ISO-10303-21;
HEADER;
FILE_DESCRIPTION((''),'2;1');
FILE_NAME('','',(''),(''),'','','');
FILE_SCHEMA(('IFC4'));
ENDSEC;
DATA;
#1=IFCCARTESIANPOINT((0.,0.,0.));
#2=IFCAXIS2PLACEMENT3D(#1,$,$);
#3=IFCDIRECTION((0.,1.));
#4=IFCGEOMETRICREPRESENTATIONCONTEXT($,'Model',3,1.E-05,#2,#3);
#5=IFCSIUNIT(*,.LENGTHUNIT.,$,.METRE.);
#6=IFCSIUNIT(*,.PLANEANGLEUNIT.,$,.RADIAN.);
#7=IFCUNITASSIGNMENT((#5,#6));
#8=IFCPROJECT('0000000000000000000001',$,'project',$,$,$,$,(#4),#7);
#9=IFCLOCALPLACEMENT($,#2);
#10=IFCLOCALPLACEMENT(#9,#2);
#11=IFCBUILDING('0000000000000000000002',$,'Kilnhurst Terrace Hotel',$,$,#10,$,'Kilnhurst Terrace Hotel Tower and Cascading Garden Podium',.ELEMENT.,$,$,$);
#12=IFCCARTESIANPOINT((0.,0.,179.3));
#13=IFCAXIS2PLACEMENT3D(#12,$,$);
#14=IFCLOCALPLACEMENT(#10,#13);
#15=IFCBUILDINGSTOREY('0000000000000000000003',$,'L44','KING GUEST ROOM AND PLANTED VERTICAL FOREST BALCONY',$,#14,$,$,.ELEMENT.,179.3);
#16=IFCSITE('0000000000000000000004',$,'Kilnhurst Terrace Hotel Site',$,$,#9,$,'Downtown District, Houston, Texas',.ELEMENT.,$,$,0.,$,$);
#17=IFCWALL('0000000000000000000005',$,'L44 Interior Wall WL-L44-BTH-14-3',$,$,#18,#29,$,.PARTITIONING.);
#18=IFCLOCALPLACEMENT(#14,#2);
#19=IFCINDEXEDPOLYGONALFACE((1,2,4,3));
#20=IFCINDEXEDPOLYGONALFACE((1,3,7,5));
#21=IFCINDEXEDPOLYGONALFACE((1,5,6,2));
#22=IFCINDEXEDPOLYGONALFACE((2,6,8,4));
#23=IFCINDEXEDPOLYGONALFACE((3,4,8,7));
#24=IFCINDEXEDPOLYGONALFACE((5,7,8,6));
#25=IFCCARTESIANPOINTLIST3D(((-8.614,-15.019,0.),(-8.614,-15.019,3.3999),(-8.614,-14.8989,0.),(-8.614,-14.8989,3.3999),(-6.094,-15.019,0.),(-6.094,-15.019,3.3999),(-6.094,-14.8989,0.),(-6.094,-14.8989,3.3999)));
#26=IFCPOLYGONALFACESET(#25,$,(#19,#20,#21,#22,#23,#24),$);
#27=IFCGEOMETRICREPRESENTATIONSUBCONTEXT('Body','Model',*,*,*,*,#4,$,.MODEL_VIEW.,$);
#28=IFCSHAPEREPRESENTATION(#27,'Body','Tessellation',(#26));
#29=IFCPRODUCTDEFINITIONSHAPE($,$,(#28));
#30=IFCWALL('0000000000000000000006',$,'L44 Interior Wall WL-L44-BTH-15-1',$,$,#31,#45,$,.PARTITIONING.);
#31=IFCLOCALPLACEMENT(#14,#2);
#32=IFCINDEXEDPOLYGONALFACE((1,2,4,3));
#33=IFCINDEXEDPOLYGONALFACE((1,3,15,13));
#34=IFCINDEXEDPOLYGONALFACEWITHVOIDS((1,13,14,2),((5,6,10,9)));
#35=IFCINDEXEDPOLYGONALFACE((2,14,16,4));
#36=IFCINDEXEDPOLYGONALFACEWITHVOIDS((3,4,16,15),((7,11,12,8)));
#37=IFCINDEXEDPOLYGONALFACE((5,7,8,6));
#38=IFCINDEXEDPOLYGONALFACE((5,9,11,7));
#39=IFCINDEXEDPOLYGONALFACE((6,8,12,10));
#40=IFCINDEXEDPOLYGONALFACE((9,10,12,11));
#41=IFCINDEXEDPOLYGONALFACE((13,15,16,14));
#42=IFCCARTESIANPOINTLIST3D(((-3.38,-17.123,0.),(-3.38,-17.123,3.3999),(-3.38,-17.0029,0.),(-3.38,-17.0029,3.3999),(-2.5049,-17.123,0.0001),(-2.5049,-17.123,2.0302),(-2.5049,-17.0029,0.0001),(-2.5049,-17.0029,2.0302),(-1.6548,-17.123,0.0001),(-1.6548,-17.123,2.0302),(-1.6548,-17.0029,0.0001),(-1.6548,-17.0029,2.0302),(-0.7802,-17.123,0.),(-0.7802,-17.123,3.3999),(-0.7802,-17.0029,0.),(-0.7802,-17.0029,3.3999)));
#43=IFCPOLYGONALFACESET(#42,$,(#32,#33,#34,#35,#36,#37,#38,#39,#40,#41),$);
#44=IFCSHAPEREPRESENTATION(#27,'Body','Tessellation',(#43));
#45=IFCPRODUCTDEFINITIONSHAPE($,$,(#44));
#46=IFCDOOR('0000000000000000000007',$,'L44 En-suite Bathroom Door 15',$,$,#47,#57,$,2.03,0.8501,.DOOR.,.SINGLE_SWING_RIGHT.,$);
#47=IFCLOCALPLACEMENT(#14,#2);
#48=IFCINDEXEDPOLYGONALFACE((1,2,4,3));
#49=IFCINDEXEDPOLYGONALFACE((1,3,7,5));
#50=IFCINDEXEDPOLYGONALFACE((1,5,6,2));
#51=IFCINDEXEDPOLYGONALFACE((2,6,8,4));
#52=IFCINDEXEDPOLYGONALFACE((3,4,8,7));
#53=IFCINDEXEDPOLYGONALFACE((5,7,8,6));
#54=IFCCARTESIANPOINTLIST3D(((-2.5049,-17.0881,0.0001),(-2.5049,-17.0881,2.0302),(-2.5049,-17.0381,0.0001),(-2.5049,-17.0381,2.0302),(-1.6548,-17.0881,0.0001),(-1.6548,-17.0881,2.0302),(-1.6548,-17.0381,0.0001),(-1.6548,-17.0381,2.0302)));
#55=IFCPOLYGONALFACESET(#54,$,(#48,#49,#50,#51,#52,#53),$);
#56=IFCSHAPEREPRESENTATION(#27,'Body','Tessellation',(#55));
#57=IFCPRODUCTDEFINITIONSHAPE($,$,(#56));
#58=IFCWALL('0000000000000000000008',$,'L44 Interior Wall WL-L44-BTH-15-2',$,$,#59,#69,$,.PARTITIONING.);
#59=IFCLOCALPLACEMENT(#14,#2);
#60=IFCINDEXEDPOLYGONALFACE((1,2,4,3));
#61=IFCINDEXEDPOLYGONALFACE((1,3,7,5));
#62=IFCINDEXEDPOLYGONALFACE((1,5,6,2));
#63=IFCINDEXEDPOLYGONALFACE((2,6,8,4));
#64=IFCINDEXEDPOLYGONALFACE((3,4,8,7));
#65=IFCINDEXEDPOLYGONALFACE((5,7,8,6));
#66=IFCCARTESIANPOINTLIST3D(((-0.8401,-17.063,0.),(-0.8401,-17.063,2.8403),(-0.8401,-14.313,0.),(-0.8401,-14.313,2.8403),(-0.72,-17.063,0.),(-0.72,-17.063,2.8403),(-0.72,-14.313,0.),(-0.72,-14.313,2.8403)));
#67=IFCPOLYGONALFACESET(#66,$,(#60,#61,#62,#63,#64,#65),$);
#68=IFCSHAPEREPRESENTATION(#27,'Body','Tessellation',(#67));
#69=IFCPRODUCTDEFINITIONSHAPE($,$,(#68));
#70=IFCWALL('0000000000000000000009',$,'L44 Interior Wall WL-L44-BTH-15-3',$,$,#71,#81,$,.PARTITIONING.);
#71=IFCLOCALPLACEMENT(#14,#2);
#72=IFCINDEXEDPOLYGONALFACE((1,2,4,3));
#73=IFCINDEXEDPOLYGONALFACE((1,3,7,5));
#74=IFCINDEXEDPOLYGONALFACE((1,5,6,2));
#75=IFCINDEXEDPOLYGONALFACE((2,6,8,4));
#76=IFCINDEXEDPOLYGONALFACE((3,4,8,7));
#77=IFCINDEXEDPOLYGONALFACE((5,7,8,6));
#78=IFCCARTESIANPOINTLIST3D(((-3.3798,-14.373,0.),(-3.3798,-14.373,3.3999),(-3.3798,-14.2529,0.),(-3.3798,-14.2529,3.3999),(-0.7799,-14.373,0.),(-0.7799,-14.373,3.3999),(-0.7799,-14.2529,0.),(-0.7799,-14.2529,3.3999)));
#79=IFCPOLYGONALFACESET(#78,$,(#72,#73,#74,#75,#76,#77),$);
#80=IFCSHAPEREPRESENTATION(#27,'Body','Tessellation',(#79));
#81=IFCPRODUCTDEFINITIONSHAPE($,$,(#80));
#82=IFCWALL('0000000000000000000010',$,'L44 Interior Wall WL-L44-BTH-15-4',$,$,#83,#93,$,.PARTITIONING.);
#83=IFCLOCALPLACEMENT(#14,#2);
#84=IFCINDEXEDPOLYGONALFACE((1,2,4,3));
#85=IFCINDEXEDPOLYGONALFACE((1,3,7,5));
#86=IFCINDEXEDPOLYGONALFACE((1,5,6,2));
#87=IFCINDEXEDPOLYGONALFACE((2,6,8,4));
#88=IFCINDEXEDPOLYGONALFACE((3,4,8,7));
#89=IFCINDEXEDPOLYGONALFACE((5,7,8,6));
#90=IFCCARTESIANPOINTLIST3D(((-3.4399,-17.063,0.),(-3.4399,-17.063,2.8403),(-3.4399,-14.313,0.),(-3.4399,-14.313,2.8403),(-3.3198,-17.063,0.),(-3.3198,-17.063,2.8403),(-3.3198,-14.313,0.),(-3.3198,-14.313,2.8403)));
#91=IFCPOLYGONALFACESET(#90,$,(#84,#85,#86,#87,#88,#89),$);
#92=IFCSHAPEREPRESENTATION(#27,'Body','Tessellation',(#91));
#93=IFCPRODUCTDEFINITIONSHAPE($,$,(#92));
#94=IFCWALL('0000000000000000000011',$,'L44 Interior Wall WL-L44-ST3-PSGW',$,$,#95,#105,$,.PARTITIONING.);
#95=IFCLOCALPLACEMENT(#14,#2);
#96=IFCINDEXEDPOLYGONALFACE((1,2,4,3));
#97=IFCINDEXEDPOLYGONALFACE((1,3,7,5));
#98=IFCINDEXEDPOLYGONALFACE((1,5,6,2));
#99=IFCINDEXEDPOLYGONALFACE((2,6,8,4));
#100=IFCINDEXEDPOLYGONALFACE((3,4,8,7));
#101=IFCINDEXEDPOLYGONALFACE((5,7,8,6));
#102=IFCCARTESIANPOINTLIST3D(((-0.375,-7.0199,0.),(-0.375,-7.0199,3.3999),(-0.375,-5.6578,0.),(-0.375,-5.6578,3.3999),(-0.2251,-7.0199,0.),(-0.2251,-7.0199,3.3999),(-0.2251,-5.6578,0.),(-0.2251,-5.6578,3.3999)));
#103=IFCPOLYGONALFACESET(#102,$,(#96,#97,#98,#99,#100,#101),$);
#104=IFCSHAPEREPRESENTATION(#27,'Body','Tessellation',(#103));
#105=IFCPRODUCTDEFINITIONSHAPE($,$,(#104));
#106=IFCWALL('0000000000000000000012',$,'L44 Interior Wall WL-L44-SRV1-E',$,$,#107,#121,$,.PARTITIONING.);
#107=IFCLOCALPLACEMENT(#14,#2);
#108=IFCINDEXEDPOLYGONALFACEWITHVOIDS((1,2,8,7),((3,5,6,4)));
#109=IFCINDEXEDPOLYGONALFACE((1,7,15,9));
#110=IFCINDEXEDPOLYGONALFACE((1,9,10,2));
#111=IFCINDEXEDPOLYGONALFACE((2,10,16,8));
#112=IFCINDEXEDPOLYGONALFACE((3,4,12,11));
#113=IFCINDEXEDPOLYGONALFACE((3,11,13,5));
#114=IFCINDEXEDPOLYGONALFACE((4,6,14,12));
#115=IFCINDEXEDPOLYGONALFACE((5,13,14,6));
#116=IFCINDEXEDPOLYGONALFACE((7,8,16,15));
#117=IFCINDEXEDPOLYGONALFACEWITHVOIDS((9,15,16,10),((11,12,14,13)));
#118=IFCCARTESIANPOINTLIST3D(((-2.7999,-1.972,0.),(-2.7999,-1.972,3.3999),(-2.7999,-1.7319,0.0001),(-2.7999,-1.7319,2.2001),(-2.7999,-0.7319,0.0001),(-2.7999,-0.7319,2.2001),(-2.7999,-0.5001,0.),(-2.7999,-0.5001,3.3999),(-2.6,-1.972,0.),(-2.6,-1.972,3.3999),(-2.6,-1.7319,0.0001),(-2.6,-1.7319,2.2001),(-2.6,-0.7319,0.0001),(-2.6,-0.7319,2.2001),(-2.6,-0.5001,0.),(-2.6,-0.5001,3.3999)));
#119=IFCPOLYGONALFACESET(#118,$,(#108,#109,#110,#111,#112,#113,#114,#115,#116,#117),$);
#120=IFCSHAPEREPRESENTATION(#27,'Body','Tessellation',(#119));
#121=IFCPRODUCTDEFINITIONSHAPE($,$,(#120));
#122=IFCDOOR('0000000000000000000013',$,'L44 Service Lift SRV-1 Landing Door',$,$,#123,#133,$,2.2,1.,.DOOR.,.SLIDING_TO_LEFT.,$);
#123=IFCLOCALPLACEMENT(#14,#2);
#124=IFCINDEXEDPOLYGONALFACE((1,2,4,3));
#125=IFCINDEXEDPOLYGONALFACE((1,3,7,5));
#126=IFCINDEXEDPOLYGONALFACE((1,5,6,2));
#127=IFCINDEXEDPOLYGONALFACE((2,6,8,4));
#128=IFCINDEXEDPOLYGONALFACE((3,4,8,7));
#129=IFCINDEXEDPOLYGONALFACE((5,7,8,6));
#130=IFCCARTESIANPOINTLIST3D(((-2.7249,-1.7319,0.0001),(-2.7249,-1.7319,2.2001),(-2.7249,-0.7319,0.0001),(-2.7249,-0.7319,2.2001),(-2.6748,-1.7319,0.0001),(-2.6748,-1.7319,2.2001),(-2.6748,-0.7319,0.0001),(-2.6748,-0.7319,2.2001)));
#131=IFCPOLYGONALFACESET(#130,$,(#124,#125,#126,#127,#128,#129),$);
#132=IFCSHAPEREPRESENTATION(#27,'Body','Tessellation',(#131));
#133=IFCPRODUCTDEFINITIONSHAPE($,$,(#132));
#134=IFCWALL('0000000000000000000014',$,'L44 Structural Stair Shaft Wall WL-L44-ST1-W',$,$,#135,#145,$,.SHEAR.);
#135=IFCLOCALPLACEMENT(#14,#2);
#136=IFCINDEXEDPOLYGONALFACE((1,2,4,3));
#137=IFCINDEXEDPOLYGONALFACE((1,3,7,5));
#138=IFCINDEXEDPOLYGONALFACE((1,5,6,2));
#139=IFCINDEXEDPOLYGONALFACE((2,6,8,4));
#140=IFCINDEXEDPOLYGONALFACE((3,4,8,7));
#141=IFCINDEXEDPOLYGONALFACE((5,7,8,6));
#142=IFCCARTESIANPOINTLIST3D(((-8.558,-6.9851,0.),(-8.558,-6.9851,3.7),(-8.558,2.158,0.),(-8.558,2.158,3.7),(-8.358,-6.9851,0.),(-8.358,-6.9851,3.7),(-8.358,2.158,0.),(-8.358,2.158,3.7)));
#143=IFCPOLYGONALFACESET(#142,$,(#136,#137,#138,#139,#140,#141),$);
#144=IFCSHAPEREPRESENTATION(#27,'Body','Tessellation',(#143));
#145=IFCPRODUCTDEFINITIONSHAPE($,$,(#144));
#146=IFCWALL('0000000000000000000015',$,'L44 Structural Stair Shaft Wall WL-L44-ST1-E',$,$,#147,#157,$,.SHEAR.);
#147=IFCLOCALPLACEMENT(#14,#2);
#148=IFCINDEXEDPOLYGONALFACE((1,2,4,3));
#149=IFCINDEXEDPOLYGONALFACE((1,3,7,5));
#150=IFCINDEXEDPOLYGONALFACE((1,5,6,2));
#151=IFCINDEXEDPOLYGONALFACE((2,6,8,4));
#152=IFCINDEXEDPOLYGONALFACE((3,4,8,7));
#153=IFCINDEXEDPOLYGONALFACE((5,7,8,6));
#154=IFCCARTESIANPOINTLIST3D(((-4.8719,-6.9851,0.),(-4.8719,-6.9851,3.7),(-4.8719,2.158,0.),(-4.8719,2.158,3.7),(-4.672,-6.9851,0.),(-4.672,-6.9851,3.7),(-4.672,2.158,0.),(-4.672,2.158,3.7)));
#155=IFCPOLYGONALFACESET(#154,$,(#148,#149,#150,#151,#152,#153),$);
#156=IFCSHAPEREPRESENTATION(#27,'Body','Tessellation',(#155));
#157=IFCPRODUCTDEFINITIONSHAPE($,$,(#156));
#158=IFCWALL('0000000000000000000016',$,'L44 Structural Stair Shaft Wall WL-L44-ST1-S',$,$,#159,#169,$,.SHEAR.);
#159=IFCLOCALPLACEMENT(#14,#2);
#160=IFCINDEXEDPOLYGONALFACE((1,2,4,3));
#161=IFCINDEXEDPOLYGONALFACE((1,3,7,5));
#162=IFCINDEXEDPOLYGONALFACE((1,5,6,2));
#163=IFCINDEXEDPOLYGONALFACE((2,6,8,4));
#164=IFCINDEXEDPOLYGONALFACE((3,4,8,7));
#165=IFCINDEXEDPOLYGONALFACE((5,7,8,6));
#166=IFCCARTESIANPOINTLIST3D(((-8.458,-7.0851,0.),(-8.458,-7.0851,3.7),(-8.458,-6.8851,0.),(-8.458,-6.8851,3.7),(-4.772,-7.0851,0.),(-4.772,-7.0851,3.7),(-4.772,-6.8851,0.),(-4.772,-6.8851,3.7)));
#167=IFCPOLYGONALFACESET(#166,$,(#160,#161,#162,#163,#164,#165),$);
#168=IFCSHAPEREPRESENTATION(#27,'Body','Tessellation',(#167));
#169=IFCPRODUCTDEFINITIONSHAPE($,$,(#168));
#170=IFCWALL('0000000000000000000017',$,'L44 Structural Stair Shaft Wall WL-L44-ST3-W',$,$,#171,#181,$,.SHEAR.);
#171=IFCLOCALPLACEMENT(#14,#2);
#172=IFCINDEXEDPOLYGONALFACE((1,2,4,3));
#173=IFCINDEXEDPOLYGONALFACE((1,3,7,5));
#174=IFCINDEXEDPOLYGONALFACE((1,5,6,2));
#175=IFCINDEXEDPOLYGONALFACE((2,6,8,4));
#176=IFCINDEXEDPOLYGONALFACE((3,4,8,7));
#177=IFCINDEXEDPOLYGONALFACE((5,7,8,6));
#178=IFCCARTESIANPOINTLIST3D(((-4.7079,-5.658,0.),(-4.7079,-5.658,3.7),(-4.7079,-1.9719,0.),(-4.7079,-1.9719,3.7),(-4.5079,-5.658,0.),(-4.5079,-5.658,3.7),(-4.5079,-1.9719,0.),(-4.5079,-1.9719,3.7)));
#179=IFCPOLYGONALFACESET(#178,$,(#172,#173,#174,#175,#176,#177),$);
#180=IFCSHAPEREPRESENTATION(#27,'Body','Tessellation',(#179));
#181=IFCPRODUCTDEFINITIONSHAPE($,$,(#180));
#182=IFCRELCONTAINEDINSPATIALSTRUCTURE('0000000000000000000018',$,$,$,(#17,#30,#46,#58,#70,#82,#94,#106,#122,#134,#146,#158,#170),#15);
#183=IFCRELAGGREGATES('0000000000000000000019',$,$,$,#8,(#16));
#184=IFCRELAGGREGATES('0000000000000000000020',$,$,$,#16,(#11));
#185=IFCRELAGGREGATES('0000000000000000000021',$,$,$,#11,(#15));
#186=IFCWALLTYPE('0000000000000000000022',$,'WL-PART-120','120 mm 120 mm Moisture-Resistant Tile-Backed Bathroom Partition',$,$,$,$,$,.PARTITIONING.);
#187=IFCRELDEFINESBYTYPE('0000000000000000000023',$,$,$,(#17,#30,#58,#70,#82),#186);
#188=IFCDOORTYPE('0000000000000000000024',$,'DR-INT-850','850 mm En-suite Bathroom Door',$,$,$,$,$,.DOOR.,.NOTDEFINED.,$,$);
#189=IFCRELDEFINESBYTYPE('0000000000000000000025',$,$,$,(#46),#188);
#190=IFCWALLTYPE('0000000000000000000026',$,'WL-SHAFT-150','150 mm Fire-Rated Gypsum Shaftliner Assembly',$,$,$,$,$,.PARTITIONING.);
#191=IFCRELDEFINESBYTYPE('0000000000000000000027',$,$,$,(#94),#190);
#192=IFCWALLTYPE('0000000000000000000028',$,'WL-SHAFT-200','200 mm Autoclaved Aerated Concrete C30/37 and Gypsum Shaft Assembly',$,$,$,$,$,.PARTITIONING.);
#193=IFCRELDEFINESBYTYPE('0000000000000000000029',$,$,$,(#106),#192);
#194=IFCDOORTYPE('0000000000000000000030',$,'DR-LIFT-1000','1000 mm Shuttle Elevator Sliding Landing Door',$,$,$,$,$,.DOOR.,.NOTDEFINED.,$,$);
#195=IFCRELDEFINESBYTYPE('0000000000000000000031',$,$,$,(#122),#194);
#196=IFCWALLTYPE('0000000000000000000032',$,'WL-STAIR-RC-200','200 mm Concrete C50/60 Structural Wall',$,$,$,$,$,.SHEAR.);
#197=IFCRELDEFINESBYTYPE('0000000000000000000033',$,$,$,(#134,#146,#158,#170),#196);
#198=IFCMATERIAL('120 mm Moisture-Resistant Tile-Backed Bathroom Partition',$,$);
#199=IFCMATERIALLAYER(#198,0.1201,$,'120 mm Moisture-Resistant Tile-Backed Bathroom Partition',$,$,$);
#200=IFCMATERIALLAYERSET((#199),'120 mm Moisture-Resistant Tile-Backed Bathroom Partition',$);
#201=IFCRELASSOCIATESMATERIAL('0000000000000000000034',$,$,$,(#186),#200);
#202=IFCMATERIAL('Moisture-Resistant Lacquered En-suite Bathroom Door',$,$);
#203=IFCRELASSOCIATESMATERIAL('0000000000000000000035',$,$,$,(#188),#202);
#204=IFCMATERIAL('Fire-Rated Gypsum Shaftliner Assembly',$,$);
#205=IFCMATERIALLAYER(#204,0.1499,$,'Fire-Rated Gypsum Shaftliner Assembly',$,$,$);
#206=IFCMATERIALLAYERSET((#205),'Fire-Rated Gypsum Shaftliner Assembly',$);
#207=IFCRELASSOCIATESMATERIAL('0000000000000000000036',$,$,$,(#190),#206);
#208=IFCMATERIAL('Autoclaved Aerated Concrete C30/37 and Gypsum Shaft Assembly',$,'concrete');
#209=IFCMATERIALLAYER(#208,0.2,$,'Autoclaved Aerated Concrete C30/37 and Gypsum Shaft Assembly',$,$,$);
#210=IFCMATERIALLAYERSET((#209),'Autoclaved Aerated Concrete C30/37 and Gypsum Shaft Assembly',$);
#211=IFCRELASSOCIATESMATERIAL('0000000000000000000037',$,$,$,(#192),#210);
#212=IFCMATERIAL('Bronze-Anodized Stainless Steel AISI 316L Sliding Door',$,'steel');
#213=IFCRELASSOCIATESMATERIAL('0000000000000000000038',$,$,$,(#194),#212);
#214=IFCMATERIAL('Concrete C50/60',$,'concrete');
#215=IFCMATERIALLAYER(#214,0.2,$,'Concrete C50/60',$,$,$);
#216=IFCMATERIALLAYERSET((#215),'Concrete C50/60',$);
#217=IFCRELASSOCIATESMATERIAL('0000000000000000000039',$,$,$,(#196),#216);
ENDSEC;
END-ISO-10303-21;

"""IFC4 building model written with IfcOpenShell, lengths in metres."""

from ifc_helpers import new_model, si_unit, direction, frame, frame_2d, origin, place, context, subcontext, project, spatial, rectangle, extrude, material, layer, layer_set, type_object, element, fill, save


model = new_model("IFC4")

# Units and contexts
model_context = context("Model", 3, precision=1e-05, world=origin(), true_north=direction((0.0, 1.0)))
body_context = subcontext(model_context, "Body", "Model", "MODEL_VIEW")
ifc_project = project(units=[si_unit("LENGTHUNIT", "METRE"), si_unit("PLANEANGLEUNIT", "RADIAN")], contexts=[model_context])

# Site, building, storey
site_placement = place(None, origin())
site = spatial("IfcSite", under=ifc_project, at=site_placement, Name="Kilnhurst Terrace Hotel Site", LongName="Downtown District, Houston, Texas", CompositionType="ELEMENT", RefElevation=0.0)
building_placement = place(site_placement, origin())
building = spatial("IfcBuilding", under=site, at=building_placement, Name="Kilnhurst Terrace Hotel", LongName="Kilnhurst Terrace Hotel Tower and Cascading Garden Podium", CompositionType="ELEMENT")
storey_placement = place(building_placement, frame((0.0, 0.0, 179.3)))
storey = spatial("IfcBuildingStorey", under=building, at=storey_placement, Name="L44", Description="KING GUEST ROOM AND PLANTED VERTICAL FOREST BALCONY", CompositionType="ELEMENT", Elevation=179.3)

# Shared definitions
ifc_material_1 = material(Name="Concrete C50/60", Category="concrete")

# Wall
ifc_material_2 = material(Name="120 mm Moisture-Resistant Tile-Backed Bathroom Partition")
ifc_layer_1 = layer(ifc_material_2, 0.1201, Name="120 mm Moisture-Resistant Tile-Backed Bathroom Partition")
ifc_layer_set_1 = layer_set([ifc_layer_1], Name="120 mm Moisture-Resistant Tile-Backed Bathroom Partition")
wall_type_1 = type_object("IfcWallType", Name="WL-PART-120", Description="120 mm 120 mm Moisture-Resistant Tile-Backed Bathroom Partition", PredefinedType="PARTITIONING", material=ifc_layer_set_1)
wall_1_placement = place(storey_placement, frame((-6.094, -14.959, 0.0), z_axis=(0.0, 0.0, 1.0), x_axis=(-1.0, 0.0, 0.0)))
element("IfcWall", 1, at=wall_1_placement, inside=storey, type_object=wall_type_1, Name="L44 Interior Wall WL-L44-BTH-14-3", PredefinedType="PARTITIONING", context=body_context, shape_type="SweptSolid", body=[
    extrude(rectangle(XDim=2.52, YDim=0.1201, at=frame_2d((1.26, 0.0))), origin(), (0.0, 0.0, 1.0), 3.3999),
])

# Wall, opening, door
wall_2_placement = place(storey_placement, frame((-3.3799, -17.063, 0.0), z_axis=(0.0, 0.0, 1.0), x_axis=(1.0, 0.0, 0.0)))
wall_2 = element("IfcWall", 2, at=wall_2_placement, inside=storey, type_object=wall_type_1, Name="L44 Interior Wall WL-L44-BTH-15-1", PredefinedType="PARTITIONING", context=body_context, shape_type="SweptSolid", body=[
    extrude(rectangle(XDim=2.5999, YDim=0.1201, at=frame_2d((1.2998, 0.0))), origin(), (0.0, 0.0, 1.0), 3.3999),
])
opening_1_placement = place(wall_2_placement, frame((0.875, 0.0, 0.0)))
opening_1 = element("IfcOpeningElement", 3, at=opening_1_placement, cuts=wall_2, PredefinedType="OPENING", context=body_context, shape_type="SweptSolid", body=[
    extrude(rectangle(XDim=0.8501, YDim=2.03, at=frame_2d((0.425, 1.0151))), frame((0.0, 0.0701, 0.0), z_axis=(0.0, -1.0, 0.0), x_axis=(1.0, 0.0, 0.0)), (0.0, 0.0, 1.0), 0.1401),
])
ifc_material_3 = material(Name="Moisture-Resistant Lacquered En-suite Bathroom Door")
door_type_1 = type_object("IfcDoorType", Name="DR-INT-850", Description="850 mm En-suite Bathroom Door", OperationType="NOTDEFINED", PredefinedType="DOOR", material=ifc_material_3)
door_1_placement = place(opening_1_placement, origin())
door_1 = element("IfcDoor", 4, at=door_1_placement, inside=storey, type_object=door_type_1, Name="L44 En-suite Bathroom Door 15", OperationType="SINGLE_SWING_RIGHT", OverallHeight=2.03, OverallWidth=0.8501, PredefinedType="DOOR", context=body_context, shape_type="SweptSolid", body=[
    extrude(rectangle(XDim=0.8501, YDim=2.03, at=frame_2d((0.425, 1.0151))), frame((0.0, 0.0249, 0.0), z_axis=(0.0, -1.0, 0.0), x_axis=(1.0, 0.0, 0.0)), (0.0, 0.0, 1.0), 0.05),
])
fill(opening_1, door_1)

# Walls
wall_3_placement = place(storey_placement, frame((-0.78, -17.063, 0.0), z_axis=(0.0, 0.0, 1.0), x_axis=(0.0, 1.0, 0.0)))
element("IfcWall", 5, at=wall_3_placement, inside=storey, type_object=wall_type_1, Name="L44 Interior Wall WL-L44-BTH-15-2", PredefinedType="PARTITIONING", context=body_context, shape_type="SweptSolid", body=[
    extrude(rectangle(XDim=2.75, YDim=0.1201, at=frame_2d((1.375, 0.0))), origin(), (0.0, 0.0, 1.0), 2.8403),
])
wall_4_placement = place(storey_placement, frame((-0.78, -14.313, 0.0), z_axis=(0.0, 0.0, 1.0), x_axis=(-1.0, 0.0, 0.0)))
element("IfcWall", 6, at=wall_4_placement, inside=storey, type_object=wall_type_1, Name="L44 Interior Wall WL-L44-BTH-15-3", PredefinedType="PARTITIONING", context=body_context, shape_type="SweptSolid", body=[
    extrude(rectangle(XDim=2.5999, YDim=0.1201, at=frame_2d((1.2998, 0.0))), origin(), (0.0, 0.0, 1.0), 3.3999),
])
wall_5_placement = place(storey_placement, frame((-3.3799, -14.313, 0.0), z_axis=(0.0, 0.0, 1.0), x_axis=(0.0, -1.0, 0.0)))
element("IfcWall", 7, at=wall_5_placement, inside=storey, type_object=wall_type_1, Name="L44 Interior Wall WL-L44-BTH-15-4", PredefinedType="PARTITIONING", context=body_context, shape_type="SweptSolid", body=[
    extrude(rectangle(XDim=2.75, YDim=0.1201, at=frame_2d((1.375, 0.0))), origin(), (0.0, 0.0, 1.0), 2.8403),
])
ifc_material_4 = material(Name="Fire-Rated Gypsum Shaftliner Assembly")
ifc_layer_2 = layer(ifc_material_4, 0.1499, Name="Fire-Rated Gypsum Shaftliner Assembly")
ifc_layer_set_2 = layer_set([ifc_layer_2], Name="Fire-Rated Gypsum Shaftliner Assembly")
wall_type_2 = type_object("IfcWallType", Name="WL-SHAFT-150", Description="150 mm Fire-Rated Gypsum Shaftliner Assembly", PredefinedType="PARTITIONING", material=ifc_layer_set_2)
wall_6_placement = place(storey_placement, frame((-0.3, -7.02, 0.0), z_axis=(0.0, 0.0, 1.0), x_axis=(0.0, 1.0, 0.0)))
element("IfcWall", 8, at=wall_6_placement, inside=storey, type_object=wall_type_2, Name="L44 Interior Wall WL-L44-ST3-PSGW", PredefinedType="PARTITIONING", context=body_context, shape_type="SweptSolid", body=[
    extrude(rectangle(XDim=1.3621, YDim=0.1499, at=frame_2d((0.6812, 0.0))), origin(), (0.0, 0.0, 1.0), 3.3999),
])

# Wall, opening, door
ifc_material_5 = material(Name="Autoclaved Aerated Concrete C30/37 and Gypsum Shaft Assembly", Category="concrete")
ifc_layer_3 = layer(ifc_material_5, 0.2, Name="Autoclaved Aerated Concrete C30/37 and Gypsum Shaft Assembly")
ifc_layer_set_3 = layer_set([ifc_layer_3], Name="Autoclaved Aerated Concrete C30/37 and Gypsum Shaft Assembly")
wall_type_3 = type_object("IfcWallType", Name="WL-SHAFT-200", Description="200 mm Autoclaved Aerated Concrete C30/37 and Gypsum Shaft Assembly", PredefinedType="PARTITIONING", material=ifc_layer_set_3)
wall_7_placement = place(storey_placement, frame((-2.7, -1.9719, 0.0), z_axis=(0.0, 0.0, 1.0), x_axis=(0.0, 1.0, 0.0)))
wall_7 = element("IfcWall", 9, at=wall_7_placement, inside=storey, type_object=wall_type_3, Name="L44 Interior Wall WL-L44-SRV1-E", PredefinedType="PARTITIONING", context=body_context, shape_type="SweptSolid", body=[
    extrude(rectangle(XDim=1.4719, YDim=0.2, at=frame_2d((0.7358, 0.0))), origin(), (0.0, 0.0, 1.0), 3.3999),
])
opening_2_placement = place(wall_7_placement, frame((0.24, 0.0, 0.0)))
opening_2 = element("IfcOpeningElement", 10, at=opening_2_placement, cuts=wall_7, PredefinedType="OPENING", context=body_context, shape_type="SweptSolid", body=[
    extrude(rectangle(XDim=1.0, YDim=2.2, at=frame_2d((0.5, 1.1001))), frame((0.0, 0.1099, 0.0), z_axis=(0.0, -1.0, 0.0), x_axis=(1.0, 0.0, 0.0)), (0.0, 0.0, 1.0), 0.22),
])
ifc_material_6 = material(Name="Bronze-Anodized Stainless Steel AISI 316L Sliding Door", Category="steel")
door_type_2 = type_object("IfcDoorType", Name="DR-LIFT-1000", Description="1000 mm Shuttle Elevator Sliding Landing Door", OperationType="NOTDEFINED", PredefinedType="DOOR", material=ifc_material_6)
door_2_placement = place(opening_2_placement, origin())
door_2 = element("IfcDoor", 11, at=door_2_placement, inside=storey, type_object=door_type_2, Name="L44 Service Lift SRV-1 Landing Door", OperationType="SLIDING_TO_LEFT", OverallHeight=2.2, OverallWidth=1.0, PredefinedType="DOOR", context=body_context, shape_type="SweptSolid", body=[
    extrude(rectangle(XDim=1.0, YDim=2.2, at=frame_2d((0.5, 1.1001))), frame((0.0, 0.0249, 0.0), z_axis=(0.0, -1.0, 0.0), x_axis=(1.0, 0.0, 0.0)), (0.0, 0.0, 1.0), 0.05),
])
fill(opening_2, door_2)

# Walls
ifc_layer_4 = layer(ifc_material_1, 0.2, Name="Concrete C50/60")
ifc_layer_set_4 = layer_set([ifc_layer_4], Name="Concrete C50/60")
wall_type_4 = type_object("IfcWallType", Name="WL-STAIR-RC-200", Description="200 mm Concrete C50/60 Structural Wall", PredefinedType="SHEAR", material=ifc_layer_set_4)
for number, where, z_axis, x_axis, name in (
    (12, (-8.458, -6.9851, 0.0), (0.0, 0.0, 1.0), (0.0, 1.0, 0.0), "L44 Structural Stair Shaft Wall WL-L44-ST1-W"),
    (13, (-4.772, -6.9851, 0.0), (0.0, 0.0, 1.0), (0.0, 1.0, 0.0), "L44 Structural Stair Shaft Wall WL-L44-ST1-E"),
):
    element("IfcWall", number, at=place(storey_placement, frame(where, z_axis=z_axis, x_axis=x_axis)), inside=storey, type_object=wall_type_4, Name=name, PredefinedType="SHEAR", context=body_context, shape_type="SweptSolid", body=[
        extrude(rectangle(XDim=9.1431, YDim=0.2, at=frame_2d((4.5715, 0.0))), origin(), (0.0, 0.0, 1.0), 3.7),
    ])
for number, where, z_axis, x_axis, name in (
    (14, (-8.458, -6.9851, 0.0), (0.0, 0.0, 1.0), (1.0, 0.0, 0.0), "L44 Structural Stair Shaft Wall WL-L44-ST1-S"),
    (15, (-4.6079, -5.658, 0.0), (0.0, 0.0, 1.0), (0.0, 1.0, 0.0), "L44 Structural Stair Shaft Wall WL-L44-ST3-W"),
):
    element("IfcWall", number, at=place(storey_placement, frame(where, z_axis=z_axis, x_axis=x_axis)), inside=storey, type_object=wall_type_4, Name=name, PredefinedType="SHEAR", context=body_context, shape_type="SweptSolid", body=[
        extrude(rectangle(XDim=3.686, YDim=0.2, at=frame_2d((1.843, 0.0))), origin(), (0.0, 0.0, 1.0), 3.7),
    ])

save(model, "model.ifc")
